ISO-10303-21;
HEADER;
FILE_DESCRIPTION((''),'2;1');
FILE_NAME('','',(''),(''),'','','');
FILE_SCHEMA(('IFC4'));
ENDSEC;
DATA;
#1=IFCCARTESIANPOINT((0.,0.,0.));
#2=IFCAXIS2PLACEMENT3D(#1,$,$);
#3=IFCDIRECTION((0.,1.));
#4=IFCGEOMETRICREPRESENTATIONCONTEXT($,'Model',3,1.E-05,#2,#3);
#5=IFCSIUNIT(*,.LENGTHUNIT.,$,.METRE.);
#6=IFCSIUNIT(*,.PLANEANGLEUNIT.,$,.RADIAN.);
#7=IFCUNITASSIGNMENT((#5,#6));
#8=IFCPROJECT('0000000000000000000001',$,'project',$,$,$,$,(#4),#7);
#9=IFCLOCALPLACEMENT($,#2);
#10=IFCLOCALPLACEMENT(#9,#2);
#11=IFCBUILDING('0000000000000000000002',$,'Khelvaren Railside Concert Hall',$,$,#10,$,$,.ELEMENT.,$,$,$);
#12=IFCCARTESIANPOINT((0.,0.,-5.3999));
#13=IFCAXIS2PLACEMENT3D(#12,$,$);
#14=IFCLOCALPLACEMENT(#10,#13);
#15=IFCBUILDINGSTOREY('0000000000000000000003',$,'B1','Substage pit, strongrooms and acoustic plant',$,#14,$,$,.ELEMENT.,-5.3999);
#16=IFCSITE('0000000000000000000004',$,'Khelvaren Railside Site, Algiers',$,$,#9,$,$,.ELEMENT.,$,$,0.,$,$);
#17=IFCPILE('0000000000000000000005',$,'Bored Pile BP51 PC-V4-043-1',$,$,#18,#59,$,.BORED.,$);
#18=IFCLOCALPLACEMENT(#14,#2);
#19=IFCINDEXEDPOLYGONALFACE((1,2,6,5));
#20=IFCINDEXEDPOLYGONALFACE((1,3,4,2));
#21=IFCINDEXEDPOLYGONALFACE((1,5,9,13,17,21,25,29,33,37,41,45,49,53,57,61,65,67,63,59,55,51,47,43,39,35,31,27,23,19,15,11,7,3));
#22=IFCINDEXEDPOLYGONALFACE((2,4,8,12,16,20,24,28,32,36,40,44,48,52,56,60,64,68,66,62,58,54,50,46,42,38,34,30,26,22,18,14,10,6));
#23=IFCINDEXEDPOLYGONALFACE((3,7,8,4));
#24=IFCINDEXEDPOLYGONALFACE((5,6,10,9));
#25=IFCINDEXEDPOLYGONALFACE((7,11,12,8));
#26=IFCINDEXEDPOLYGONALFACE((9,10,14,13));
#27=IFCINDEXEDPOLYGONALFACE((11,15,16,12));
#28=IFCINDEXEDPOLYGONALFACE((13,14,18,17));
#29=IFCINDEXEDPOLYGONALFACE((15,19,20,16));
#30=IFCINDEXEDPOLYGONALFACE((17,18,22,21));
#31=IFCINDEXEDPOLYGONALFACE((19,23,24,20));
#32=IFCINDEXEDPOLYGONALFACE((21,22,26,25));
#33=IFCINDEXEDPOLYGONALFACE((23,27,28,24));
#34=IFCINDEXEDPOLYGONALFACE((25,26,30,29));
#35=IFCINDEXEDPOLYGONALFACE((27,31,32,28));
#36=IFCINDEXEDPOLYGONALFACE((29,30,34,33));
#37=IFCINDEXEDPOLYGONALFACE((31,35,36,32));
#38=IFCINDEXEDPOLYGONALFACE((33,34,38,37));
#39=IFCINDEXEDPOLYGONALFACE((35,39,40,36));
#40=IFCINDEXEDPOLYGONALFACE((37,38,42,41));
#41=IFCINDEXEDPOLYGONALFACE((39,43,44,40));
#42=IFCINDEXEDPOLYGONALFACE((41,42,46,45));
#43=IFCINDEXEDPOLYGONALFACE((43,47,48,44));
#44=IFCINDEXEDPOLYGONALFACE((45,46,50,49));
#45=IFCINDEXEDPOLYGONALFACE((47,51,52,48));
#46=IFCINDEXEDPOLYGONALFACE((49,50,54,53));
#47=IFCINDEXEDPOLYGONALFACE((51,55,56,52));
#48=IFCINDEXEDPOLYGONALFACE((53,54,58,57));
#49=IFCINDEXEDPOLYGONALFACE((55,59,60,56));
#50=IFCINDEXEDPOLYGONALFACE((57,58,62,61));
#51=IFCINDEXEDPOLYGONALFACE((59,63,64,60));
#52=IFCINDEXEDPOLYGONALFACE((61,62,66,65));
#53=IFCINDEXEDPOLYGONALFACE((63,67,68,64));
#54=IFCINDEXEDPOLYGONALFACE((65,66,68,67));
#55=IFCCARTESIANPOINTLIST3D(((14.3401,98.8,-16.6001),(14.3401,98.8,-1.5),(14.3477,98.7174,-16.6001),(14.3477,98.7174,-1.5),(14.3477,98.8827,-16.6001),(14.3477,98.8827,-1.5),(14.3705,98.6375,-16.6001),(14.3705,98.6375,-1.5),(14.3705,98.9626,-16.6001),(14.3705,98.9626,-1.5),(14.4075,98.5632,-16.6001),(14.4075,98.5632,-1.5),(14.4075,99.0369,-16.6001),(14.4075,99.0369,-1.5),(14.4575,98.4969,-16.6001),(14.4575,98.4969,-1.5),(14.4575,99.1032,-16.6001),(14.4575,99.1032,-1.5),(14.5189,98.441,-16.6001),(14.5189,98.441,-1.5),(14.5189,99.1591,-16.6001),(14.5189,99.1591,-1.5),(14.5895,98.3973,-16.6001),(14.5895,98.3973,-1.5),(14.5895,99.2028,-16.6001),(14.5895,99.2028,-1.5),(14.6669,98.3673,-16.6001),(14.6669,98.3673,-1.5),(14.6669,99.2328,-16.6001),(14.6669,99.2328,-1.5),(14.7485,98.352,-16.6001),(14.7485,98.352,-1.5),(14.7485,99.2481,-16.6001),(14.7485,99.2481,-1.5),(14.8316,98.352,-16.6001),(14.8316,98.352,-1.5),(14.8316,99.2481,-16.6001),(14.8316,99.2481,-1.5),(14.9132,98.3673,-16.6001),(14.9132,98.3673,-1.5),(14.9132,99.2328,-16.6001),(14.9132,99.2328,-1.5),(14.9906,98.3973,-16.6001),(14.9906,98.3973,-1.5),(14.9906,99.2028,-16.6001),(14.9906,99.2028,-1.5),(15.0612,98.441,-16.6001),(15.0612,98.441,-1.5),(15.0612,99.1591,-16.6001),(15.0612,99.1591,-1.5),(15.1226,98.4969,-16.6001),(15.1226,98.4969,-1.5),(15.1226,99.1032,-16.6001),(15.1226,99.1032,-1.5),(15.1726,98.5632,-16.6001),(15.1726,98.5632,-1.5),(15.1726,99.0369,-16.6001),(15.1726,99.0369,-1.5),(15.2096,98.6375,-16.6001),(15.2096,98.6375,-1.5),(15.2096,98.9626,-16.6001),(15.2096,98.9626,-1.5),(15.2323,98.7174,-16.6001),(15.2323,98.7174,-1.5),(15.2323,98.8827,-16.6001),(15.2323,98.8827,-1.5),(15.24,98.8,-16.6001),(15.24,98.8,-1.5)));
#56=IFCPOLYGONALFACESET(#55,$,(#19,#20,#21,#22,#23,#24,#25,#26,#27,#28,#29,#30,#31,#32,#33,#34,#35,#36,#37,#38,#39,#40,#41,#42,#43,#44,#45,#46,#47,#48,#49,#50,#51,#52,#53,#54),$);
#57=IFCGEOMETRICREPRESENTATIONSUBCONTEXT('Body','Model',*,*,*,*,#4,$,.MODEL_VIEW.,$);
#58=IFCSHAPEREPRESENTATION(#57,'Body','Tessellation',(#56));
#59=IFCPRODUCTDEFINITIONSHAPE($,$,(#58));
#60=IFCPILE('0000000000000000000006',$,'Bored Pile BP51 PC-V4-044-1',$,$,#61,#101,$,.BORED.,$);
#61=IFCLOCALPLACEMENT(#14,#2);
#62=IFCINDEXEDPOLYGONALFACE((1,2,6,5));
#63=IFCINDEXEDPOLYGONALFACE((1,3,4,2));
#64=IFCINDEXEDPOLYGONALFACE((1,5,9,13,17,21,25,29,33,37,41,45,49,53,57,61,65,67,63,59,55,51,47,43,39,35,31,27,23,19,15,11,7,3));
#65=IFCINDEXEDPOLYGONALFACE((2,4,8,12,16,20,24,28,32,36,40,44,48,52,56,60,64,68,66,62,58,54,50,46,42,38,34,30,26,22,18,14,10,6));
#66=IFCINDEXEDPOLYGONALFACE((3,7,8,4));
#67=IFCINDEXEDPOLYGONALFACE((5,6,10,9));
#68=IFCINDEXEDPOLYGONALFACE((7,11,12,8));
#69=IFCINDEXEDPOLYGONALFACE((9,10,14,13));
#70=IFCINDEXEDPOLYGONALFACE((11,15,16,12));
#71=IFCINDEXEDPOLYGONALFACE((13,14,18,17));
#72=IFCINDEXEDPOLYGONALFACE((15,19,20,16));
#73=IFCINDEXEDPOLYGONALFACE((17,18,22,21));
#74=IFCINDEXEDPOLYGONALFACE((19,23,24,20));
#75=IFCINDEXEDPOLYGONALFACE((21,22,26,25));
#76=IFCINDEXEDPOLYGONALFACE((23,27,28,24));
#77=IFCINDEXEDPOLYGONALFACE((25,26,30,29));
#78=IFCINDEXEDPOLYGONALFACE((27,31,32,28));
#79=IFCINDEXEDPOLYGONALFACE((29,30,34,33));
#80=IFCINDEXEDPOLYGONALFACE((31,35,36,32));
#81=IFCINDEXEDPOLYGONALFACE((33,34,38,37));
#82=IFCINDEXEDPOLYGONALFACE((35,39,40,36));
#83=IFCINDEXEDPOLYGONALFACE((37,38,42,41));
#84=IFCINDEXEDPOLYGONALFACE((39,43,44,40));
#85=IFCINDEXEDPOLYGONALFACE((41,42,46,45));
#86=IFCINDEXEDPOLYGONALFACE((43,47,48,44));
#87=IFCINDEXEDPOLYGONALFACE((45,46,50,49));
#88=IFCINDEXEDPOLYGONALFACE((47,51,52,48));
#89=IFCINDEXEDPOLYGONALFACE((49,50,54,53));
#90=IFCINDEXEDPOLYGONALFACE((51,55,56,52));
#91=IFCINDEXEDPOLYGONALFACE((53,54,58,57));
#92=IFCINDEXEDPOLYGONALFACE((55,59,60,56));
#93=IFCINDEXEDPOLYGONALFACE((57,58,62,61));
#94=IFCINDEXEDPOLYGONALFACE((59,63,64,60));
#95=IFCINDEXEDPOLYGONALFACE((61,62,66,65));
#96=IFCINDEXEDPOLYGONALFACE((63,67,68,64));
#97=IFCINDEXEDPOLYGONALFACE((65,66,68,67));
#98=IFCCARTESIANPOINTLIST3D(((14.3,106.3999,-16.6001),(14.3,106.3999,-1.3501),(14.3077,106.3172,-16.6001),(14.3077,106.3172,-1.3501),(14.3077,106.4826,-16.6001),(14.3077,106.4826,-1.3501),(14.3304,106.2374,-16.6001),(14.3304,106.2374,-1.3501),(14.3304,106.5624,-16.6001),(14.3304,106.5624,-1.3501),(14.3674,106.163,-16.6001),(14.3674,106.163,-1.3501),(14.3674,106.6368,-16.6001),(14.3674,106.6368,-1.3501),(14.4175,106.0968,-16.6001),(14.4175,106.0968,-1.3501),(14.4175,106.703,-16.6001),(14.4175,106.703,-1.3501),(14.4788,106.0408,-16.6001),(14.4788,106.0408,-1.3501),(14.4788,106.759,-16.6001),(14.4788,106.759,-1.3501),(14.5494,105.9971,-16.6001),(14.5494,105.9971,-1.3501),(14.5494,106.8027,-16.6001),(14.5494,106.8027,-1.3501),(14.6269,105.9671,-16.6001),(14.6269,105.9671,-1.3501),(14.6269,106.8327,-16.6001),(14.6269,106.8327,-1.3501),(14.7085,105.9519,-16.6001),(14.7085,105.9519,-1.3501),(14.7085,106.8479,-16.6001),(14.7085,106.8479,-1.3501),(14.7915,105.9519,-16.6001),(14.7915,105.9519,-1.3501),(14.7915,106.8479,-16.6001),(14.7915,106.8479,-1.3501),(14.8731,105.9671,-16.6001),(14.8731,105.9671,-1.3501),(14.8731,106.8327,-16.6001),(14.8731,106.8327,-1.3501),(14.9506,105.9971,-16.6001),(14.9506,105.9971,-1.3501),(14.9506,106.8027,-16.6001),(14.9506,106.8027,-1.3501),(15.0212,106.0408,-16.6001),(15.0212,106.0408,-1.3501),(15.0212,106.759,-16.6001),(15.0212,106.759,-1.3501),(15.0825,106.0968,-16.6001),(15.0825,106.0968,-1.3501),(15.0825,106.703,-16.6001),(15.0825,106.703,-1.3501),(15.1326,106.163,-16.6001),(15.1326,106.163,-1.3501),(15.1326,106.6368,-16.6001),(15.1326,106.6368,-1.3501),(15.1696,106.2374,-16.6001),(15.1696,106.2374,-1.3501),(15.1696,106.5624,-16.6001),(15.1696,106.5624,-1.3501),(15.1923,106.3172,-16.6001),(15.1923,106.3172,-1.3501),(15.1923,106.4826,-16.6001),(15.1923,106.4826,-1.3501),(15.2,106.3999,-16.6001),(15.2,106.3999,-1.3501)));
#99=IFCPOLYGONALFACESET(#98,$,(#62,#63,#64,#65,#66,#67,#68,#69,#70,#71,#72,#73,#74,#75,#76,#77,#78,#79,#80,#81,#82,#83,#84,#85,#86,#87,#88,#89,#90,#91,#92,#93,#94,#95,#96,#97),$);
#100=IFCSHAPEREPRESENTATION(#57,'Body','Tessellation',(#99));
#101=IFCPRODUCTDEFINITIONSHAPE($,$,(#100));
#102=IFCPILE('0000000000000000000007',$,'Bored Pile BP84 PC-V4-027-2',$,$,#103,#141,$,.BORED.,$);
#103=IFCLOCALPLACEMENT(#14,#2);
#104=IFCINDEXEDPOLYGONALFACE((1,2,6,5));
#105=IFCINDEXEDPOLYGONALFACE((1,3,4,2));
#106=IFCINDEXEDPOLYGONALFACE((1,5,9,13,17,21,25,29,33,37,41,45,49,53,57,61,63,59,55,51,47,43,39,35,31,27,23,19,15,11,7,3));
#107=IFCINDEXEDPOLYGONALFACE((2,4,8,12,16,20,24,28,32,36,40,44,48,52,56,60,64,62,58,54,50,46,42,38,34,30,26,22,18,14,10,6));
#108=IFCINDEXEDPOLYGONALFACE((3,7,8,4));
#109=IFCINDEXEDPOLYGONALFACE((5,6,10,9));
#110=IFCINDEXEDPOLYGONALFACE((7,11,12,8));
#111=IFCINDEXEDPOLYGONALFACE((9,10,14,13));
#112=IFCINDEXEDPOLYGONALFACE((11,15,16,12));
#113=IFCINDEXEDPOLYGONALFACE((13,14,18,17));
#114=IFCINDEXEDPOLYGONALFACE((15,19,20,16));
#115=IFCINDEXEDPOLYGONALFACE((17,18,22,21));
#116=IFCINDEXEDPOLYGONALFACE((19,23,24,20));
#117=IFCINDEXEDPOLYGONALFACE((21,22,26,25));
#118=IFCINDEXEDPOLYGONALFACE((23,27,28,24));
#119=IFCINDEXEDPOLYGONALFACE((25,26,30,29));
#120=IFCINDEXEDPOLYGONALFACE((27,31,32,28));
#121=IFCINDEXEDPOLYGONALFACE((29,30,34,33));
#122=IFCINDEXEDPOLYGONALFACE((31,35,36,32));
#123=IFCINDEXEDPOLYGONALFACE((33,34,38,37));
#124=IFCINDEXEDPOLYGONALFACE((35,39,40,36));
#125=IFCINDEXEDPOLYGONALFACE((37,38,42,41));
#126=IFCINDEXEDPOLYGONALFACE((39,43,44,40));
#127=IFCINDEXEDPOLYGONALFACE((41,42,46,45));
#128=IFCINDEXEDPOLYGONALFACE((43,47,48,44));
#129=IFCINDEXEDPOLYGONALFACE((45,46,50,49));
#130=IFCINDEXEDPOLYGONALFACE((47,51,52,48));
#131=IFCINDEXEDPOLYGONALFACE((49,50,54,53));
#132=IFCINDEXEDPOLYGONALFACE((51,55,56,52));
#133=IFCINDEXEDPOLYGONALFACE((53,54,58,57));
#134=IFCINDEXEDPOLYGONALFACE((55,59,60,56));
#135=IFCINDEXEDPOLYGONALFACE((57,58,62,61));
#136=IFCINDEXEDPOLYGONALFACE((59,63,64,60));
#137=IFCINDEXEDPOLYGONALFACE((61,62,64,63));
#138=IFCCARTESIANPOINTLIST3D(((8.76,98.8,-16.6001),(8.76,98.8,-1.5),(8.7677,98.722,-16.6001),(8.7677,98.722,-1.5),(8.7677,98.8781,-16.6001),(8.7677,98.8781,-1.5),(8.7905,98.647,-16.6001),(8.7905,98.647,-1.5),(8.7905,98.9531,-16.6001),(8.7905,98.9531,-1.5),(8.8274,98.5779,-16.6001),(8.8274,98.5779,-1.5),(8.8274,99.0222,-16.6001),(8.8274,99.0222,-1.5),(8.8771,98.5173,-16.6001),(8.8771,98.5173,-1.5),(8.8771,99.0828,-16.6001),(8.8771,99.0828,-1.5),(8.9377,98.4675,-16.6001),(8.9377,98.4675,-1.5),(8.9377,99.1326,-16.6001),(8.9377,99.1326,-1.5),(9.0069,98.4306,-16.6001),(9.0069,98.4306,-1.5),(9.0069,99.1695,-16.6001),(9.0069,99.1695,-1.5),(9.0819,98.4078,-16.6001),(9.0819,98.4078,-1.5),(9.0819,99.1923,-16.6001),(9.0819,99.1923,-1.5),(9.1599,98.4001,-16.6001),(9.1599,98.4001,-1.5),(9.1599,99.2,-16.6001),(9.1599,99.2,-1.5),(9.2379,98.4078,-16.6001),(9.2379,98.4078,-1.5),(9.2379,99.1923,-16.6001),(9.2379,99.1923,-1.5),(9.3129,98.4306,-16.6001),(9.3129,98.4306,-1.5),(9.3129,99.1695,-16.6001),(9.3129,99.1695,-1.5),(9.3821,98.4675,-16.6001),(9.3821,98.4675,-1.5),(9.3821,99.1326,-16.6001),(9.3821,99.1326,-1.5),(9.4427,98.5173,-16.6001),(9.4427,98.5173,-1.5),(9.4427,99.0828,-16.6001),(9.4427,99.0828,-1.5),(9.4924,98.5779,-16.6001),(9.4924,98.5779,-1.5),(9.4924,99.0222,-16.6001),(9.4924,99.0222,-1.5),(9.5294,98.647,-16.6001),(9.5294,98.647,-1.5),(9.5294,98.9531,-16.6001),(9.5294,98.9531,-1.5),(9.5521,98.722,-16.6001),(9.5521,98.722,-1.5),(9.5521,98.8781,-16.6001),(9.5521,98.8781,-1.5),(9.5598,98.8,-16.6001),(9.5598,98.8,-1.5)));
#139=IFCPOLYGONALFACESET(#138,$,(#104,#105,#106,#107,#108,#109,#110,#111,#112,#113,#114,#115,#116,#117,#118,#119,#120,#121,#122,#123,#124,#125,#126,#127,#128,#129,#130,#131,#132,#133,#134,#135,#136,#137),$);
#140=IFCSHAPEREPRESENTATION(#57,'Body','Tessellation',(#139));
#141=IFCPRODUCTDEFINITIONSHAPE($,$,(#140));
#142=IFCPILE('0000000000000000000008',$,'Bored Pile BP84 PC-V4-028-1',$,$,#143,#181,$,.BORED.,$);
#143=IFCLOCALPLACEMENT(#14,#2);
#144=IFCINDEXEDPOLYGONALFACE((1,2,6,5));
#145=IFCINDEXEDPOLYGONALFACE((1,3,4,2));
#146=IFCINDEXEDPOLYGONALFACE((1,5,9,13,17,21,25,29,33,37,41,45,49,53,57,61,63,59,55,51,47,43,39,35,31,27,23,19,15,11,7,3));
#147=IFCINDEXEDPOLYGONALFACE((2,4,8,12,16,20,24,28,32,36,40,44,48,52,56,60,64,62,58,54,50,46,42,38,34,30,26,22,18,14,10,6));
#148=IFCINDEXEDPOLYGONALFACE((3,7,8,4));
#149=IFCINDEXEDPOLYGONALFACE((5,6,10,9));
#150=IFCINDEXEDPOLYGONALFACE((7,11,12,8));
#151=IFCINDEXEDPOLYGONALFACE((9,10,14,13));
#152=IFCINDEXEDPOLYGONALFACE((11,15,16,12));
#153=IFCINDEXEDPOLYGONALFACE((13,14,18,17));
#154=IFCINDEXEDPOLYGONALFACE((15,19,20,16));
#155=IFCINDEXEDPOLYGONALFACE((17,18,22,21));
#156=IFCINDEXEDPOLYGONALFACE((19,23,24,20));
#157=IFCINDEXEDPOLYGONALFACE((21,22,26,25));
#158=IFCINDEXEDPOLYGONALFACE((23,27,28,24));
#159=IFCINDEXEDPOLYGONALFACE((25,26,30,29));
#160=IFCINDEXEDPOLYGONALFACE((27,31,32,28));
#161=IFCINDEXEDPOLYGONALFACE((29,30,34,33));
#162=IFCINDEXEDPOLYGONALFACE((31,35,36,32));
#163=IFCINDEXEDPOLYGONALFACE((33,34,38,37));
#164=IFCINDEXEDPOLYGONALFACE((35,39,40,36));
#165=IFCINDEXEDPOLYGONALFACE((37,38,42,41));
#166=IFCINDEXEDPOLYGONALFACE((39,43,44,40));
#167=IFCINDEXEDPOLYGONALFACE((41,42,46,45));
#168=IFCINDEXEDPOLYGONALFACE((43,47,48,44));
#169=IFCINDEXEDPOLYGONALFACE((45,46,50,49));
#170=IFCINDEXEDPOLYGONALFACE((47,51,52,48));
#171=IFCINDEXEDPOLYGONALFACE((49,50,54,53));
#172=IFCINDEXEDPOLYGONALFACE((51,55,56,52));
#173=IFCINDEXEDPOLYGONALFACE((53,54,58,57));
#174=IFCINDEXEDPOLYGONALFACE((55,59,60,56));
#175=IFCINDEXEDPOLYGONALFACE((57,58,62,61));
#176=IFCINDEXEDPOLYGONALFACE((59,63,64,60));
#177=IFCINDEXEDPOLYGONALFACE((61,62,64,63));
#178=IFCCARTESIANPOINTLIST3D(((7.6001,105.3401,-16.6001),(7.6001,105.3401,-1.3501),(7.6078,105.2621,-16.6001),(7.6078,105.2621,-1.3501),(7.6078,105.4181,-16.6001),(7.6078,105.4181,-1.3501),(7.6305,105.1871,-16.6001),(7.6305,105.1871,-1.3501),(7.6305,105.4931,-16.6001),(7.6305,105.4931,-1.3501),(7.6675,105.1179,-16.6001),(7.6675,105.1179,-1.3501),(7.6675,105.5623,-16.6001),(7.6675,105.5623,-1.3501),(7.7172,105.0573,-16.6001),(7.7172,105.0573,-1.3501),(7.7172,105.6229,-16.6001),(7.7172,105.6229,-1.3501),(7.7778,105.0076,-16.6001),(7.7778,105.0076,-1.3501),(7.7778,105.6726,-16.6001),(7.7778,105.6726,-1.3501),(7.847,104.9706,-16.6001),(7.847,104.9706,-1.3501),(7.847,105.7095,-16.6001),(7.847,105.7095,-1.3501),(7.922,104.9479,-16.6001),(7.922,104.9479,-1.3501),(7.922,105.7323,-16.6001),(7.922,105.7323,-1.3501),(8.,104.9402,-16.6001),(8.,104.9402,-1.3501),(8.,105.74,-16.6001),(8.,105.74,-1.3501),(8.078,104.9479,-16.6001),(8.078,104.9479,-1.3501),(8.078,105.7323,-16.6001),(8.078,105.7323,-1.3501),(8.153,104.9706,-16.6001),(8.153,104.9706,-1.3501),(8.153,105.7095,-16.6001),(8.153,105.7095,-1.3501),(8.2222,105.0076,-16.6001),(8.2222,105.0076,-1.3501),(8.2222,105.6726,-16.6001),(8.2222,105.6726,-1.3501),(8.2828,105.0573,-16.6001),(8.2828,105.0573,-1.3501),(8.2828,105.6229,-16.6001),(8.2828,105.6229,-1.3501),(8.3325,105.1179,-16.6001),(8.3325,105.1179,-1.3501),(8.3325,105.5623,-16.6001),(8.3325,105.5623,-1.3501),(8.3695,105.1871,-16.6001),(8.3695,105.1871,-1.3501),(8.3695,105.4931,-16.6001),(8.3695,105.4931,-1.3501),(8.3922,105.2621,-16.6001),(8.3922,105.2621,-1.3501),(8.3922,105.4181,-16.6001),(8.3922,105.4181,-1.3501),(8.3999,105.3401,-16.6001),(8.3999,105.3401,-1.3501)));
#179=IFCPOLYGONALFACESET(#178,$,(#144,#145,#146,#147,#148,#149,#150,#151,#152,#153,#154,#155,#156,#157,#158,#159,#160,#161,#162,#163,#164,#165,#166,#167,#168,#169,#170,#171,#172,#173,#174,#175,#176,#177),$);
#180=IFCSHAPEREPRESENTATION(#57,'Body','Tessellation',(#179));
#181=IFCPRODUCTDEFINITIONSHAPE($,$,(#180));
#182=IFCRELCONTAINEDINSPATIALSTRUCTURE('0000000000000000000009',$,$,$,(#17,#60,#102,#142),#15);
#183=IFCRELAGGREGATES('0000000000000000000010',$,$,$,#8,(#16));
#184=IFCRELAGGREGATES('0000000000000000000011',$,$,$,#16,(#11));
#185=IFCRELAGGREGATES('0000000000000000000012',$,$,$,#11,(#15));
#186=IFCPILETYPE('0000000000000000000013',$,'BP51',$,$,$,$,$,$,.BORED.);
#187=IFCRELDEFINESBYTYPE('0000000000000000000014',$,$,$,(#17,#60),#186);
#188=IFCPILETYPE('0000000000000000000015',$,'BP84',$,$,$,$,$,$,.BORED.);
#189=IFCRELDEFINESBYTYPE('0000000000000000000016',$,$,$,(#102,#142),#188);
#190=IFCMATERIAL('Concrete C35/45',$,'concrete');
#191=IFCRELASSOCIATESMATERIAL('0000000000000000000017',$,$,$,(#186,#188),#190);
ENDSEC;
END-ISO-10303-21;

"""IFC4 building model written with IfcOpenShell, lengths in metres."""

from ifc_helpers import new_model, si_unit, direction, frame, origin, origin_2d, place, context, subcontext, project, spatial, circle, extrude, material, material_profile, profile_set, type_object, element, save


model = new_model("IFC4")

# Units and contexts
model_context = context("Model", 3, precision=1e-05, world=origin(), true_north=direction((0.0, 1.0)))
body_context = subcontext(model_context, "Body", "Model", "MODEL_VIEW")
ifc_project = project(units=[si_unit("LENGTHUNIT", "METRE"), si_unit("PLANEANGLEUNIT", "RADIAN")], contexts=[model_context])

# Site, building, storey
site_placement = place(None, origin())
site = spatial("IfcSite", under=ifc_project, at=site_placement, Name="Khelvaren Railside Site, Algiers", CompositionType="ELEMENT", RefElevation=0.0)
building_placement = place(site_placement, origin())
building = spatial("IfcBuilding", under=site, at=building_placement, Name="Khelvaren Railside Concert Hall", CompositionType="ELEMENT")
storey_placement = place(building_placement, frame((0.0, 0.0, -5.3999)))
storey = spatial("IfcBuildingStorey", under=building, at=storey_placement, Name="B1", Description="Substage pit, strongrooms and acoustic plant", CompositionType="ELEMENT", Elevation=-5.3999)

# Piles
ifc_material_1 = material(Name="Concrete C35/45", Category="concrete")
ifc_material_profile_1 = material_profile(ifc_material_1, circle(Radius=0.45, at=origin_2d()), Name="BP D900")
ifc_profile_set_1 = profile_set([ifc_material_profile_1], Name="Concrete C35/45")
pile_type_1 = type_object("IfcPileType", Name="BP51", PredefinedType="BORED", material=ifc_profile_set_1)
pile_1_placement = place(storey_placement, frame((14.79, 98.8, -1.5), z_axis=(0.0, 0.0, -1.0), x_axis=(1.0, 0.0, 0.0)))
element("IfcPile", 1, at=pile_1_placement, inside=storey, type_object=pile_type_1, Name="Bored Pile BP51 PC-V4-043-1", PredefinedType="BORED", context=body_context, shape_type="SweptSolid", body=[
    extrude(circle(Radius=0.45, at=origin_2d()), origin(), (0.0, 0.0, 1.0), 15.1001),
])
pile_2_placement = place(storey_placement, frame((14.75, 106.3999, -1.3501), z_axis=(0.0, 0.0, -1.0), x_axis=(1.0, 0.0, 0.0)))
element("IfcPile", 2, at=pile_2_placement, inside=storey, type_object=pile_type_1, Name="Bored Pile BP51 PC-V4-044-1", PredefinedType="BORED", context=body_context, shape_type="SweptSolid", body=[
    extrude(circle(Radius=0.45, at=origin_2d()), origin(), (0.0, 0.0, 1.0), 15.25),
])
ifc_material_profile_2 = material_profile(ifc_material_1, circle(Radius=0.3999, at=origin_2d()), Name="BP D800")
ifc_profile_set_2 = profile_set([ifc_material_profile_2], Name="Concrete C35/45")
pile_type_2 = type_object("IfcPileType", Name="BP84", PredefinedType="BORED", material=ifc_profile_set_2)
pile_3_placement = place(storey_placement, frame((9.1599, 98.8, -1.5), z_axis=(0.0, 0.0, -1.0), x_axis=(1.0, 0.0, 0.0)))
element("IfcPile", 3, at=pile_3_placement, inside=storey, type_object=pile_type_2, Name="Bored Pile BP84 PC-V4-027-2", PredefinedType="BORED", context=body_context, shape_type="SweptSolid", body=[
    extrude(circle(Radius=0.3999, at=origin_2d()), origin(), (0.0, 0.0, 1.0), 15.1001),
])
for number, where, z_axis, x_axis, name in (
    (4, (8.0, 105.3401, -1.3501), (0.0, 0.0, -1.0), (1.0, 0.0, 0.0), "Bored Pile BP84 PC-V4-028-1"),
):
    element("IfcPile", number, at=place(storey_placement, frame(where, z_axis=z_axis, x_axis=x_axis)), inside=storey, type_object=pile_type_2, Name=name, PredefinedType="BORED", context=body_context, shape_type="SweptSolid", body=[
        extrude(circle(Radius=0.3999, at=origin_2d()), origin(), (0.0, 0.0, 1.0), 15.25),
    ])

save(model, "model.ifc")
